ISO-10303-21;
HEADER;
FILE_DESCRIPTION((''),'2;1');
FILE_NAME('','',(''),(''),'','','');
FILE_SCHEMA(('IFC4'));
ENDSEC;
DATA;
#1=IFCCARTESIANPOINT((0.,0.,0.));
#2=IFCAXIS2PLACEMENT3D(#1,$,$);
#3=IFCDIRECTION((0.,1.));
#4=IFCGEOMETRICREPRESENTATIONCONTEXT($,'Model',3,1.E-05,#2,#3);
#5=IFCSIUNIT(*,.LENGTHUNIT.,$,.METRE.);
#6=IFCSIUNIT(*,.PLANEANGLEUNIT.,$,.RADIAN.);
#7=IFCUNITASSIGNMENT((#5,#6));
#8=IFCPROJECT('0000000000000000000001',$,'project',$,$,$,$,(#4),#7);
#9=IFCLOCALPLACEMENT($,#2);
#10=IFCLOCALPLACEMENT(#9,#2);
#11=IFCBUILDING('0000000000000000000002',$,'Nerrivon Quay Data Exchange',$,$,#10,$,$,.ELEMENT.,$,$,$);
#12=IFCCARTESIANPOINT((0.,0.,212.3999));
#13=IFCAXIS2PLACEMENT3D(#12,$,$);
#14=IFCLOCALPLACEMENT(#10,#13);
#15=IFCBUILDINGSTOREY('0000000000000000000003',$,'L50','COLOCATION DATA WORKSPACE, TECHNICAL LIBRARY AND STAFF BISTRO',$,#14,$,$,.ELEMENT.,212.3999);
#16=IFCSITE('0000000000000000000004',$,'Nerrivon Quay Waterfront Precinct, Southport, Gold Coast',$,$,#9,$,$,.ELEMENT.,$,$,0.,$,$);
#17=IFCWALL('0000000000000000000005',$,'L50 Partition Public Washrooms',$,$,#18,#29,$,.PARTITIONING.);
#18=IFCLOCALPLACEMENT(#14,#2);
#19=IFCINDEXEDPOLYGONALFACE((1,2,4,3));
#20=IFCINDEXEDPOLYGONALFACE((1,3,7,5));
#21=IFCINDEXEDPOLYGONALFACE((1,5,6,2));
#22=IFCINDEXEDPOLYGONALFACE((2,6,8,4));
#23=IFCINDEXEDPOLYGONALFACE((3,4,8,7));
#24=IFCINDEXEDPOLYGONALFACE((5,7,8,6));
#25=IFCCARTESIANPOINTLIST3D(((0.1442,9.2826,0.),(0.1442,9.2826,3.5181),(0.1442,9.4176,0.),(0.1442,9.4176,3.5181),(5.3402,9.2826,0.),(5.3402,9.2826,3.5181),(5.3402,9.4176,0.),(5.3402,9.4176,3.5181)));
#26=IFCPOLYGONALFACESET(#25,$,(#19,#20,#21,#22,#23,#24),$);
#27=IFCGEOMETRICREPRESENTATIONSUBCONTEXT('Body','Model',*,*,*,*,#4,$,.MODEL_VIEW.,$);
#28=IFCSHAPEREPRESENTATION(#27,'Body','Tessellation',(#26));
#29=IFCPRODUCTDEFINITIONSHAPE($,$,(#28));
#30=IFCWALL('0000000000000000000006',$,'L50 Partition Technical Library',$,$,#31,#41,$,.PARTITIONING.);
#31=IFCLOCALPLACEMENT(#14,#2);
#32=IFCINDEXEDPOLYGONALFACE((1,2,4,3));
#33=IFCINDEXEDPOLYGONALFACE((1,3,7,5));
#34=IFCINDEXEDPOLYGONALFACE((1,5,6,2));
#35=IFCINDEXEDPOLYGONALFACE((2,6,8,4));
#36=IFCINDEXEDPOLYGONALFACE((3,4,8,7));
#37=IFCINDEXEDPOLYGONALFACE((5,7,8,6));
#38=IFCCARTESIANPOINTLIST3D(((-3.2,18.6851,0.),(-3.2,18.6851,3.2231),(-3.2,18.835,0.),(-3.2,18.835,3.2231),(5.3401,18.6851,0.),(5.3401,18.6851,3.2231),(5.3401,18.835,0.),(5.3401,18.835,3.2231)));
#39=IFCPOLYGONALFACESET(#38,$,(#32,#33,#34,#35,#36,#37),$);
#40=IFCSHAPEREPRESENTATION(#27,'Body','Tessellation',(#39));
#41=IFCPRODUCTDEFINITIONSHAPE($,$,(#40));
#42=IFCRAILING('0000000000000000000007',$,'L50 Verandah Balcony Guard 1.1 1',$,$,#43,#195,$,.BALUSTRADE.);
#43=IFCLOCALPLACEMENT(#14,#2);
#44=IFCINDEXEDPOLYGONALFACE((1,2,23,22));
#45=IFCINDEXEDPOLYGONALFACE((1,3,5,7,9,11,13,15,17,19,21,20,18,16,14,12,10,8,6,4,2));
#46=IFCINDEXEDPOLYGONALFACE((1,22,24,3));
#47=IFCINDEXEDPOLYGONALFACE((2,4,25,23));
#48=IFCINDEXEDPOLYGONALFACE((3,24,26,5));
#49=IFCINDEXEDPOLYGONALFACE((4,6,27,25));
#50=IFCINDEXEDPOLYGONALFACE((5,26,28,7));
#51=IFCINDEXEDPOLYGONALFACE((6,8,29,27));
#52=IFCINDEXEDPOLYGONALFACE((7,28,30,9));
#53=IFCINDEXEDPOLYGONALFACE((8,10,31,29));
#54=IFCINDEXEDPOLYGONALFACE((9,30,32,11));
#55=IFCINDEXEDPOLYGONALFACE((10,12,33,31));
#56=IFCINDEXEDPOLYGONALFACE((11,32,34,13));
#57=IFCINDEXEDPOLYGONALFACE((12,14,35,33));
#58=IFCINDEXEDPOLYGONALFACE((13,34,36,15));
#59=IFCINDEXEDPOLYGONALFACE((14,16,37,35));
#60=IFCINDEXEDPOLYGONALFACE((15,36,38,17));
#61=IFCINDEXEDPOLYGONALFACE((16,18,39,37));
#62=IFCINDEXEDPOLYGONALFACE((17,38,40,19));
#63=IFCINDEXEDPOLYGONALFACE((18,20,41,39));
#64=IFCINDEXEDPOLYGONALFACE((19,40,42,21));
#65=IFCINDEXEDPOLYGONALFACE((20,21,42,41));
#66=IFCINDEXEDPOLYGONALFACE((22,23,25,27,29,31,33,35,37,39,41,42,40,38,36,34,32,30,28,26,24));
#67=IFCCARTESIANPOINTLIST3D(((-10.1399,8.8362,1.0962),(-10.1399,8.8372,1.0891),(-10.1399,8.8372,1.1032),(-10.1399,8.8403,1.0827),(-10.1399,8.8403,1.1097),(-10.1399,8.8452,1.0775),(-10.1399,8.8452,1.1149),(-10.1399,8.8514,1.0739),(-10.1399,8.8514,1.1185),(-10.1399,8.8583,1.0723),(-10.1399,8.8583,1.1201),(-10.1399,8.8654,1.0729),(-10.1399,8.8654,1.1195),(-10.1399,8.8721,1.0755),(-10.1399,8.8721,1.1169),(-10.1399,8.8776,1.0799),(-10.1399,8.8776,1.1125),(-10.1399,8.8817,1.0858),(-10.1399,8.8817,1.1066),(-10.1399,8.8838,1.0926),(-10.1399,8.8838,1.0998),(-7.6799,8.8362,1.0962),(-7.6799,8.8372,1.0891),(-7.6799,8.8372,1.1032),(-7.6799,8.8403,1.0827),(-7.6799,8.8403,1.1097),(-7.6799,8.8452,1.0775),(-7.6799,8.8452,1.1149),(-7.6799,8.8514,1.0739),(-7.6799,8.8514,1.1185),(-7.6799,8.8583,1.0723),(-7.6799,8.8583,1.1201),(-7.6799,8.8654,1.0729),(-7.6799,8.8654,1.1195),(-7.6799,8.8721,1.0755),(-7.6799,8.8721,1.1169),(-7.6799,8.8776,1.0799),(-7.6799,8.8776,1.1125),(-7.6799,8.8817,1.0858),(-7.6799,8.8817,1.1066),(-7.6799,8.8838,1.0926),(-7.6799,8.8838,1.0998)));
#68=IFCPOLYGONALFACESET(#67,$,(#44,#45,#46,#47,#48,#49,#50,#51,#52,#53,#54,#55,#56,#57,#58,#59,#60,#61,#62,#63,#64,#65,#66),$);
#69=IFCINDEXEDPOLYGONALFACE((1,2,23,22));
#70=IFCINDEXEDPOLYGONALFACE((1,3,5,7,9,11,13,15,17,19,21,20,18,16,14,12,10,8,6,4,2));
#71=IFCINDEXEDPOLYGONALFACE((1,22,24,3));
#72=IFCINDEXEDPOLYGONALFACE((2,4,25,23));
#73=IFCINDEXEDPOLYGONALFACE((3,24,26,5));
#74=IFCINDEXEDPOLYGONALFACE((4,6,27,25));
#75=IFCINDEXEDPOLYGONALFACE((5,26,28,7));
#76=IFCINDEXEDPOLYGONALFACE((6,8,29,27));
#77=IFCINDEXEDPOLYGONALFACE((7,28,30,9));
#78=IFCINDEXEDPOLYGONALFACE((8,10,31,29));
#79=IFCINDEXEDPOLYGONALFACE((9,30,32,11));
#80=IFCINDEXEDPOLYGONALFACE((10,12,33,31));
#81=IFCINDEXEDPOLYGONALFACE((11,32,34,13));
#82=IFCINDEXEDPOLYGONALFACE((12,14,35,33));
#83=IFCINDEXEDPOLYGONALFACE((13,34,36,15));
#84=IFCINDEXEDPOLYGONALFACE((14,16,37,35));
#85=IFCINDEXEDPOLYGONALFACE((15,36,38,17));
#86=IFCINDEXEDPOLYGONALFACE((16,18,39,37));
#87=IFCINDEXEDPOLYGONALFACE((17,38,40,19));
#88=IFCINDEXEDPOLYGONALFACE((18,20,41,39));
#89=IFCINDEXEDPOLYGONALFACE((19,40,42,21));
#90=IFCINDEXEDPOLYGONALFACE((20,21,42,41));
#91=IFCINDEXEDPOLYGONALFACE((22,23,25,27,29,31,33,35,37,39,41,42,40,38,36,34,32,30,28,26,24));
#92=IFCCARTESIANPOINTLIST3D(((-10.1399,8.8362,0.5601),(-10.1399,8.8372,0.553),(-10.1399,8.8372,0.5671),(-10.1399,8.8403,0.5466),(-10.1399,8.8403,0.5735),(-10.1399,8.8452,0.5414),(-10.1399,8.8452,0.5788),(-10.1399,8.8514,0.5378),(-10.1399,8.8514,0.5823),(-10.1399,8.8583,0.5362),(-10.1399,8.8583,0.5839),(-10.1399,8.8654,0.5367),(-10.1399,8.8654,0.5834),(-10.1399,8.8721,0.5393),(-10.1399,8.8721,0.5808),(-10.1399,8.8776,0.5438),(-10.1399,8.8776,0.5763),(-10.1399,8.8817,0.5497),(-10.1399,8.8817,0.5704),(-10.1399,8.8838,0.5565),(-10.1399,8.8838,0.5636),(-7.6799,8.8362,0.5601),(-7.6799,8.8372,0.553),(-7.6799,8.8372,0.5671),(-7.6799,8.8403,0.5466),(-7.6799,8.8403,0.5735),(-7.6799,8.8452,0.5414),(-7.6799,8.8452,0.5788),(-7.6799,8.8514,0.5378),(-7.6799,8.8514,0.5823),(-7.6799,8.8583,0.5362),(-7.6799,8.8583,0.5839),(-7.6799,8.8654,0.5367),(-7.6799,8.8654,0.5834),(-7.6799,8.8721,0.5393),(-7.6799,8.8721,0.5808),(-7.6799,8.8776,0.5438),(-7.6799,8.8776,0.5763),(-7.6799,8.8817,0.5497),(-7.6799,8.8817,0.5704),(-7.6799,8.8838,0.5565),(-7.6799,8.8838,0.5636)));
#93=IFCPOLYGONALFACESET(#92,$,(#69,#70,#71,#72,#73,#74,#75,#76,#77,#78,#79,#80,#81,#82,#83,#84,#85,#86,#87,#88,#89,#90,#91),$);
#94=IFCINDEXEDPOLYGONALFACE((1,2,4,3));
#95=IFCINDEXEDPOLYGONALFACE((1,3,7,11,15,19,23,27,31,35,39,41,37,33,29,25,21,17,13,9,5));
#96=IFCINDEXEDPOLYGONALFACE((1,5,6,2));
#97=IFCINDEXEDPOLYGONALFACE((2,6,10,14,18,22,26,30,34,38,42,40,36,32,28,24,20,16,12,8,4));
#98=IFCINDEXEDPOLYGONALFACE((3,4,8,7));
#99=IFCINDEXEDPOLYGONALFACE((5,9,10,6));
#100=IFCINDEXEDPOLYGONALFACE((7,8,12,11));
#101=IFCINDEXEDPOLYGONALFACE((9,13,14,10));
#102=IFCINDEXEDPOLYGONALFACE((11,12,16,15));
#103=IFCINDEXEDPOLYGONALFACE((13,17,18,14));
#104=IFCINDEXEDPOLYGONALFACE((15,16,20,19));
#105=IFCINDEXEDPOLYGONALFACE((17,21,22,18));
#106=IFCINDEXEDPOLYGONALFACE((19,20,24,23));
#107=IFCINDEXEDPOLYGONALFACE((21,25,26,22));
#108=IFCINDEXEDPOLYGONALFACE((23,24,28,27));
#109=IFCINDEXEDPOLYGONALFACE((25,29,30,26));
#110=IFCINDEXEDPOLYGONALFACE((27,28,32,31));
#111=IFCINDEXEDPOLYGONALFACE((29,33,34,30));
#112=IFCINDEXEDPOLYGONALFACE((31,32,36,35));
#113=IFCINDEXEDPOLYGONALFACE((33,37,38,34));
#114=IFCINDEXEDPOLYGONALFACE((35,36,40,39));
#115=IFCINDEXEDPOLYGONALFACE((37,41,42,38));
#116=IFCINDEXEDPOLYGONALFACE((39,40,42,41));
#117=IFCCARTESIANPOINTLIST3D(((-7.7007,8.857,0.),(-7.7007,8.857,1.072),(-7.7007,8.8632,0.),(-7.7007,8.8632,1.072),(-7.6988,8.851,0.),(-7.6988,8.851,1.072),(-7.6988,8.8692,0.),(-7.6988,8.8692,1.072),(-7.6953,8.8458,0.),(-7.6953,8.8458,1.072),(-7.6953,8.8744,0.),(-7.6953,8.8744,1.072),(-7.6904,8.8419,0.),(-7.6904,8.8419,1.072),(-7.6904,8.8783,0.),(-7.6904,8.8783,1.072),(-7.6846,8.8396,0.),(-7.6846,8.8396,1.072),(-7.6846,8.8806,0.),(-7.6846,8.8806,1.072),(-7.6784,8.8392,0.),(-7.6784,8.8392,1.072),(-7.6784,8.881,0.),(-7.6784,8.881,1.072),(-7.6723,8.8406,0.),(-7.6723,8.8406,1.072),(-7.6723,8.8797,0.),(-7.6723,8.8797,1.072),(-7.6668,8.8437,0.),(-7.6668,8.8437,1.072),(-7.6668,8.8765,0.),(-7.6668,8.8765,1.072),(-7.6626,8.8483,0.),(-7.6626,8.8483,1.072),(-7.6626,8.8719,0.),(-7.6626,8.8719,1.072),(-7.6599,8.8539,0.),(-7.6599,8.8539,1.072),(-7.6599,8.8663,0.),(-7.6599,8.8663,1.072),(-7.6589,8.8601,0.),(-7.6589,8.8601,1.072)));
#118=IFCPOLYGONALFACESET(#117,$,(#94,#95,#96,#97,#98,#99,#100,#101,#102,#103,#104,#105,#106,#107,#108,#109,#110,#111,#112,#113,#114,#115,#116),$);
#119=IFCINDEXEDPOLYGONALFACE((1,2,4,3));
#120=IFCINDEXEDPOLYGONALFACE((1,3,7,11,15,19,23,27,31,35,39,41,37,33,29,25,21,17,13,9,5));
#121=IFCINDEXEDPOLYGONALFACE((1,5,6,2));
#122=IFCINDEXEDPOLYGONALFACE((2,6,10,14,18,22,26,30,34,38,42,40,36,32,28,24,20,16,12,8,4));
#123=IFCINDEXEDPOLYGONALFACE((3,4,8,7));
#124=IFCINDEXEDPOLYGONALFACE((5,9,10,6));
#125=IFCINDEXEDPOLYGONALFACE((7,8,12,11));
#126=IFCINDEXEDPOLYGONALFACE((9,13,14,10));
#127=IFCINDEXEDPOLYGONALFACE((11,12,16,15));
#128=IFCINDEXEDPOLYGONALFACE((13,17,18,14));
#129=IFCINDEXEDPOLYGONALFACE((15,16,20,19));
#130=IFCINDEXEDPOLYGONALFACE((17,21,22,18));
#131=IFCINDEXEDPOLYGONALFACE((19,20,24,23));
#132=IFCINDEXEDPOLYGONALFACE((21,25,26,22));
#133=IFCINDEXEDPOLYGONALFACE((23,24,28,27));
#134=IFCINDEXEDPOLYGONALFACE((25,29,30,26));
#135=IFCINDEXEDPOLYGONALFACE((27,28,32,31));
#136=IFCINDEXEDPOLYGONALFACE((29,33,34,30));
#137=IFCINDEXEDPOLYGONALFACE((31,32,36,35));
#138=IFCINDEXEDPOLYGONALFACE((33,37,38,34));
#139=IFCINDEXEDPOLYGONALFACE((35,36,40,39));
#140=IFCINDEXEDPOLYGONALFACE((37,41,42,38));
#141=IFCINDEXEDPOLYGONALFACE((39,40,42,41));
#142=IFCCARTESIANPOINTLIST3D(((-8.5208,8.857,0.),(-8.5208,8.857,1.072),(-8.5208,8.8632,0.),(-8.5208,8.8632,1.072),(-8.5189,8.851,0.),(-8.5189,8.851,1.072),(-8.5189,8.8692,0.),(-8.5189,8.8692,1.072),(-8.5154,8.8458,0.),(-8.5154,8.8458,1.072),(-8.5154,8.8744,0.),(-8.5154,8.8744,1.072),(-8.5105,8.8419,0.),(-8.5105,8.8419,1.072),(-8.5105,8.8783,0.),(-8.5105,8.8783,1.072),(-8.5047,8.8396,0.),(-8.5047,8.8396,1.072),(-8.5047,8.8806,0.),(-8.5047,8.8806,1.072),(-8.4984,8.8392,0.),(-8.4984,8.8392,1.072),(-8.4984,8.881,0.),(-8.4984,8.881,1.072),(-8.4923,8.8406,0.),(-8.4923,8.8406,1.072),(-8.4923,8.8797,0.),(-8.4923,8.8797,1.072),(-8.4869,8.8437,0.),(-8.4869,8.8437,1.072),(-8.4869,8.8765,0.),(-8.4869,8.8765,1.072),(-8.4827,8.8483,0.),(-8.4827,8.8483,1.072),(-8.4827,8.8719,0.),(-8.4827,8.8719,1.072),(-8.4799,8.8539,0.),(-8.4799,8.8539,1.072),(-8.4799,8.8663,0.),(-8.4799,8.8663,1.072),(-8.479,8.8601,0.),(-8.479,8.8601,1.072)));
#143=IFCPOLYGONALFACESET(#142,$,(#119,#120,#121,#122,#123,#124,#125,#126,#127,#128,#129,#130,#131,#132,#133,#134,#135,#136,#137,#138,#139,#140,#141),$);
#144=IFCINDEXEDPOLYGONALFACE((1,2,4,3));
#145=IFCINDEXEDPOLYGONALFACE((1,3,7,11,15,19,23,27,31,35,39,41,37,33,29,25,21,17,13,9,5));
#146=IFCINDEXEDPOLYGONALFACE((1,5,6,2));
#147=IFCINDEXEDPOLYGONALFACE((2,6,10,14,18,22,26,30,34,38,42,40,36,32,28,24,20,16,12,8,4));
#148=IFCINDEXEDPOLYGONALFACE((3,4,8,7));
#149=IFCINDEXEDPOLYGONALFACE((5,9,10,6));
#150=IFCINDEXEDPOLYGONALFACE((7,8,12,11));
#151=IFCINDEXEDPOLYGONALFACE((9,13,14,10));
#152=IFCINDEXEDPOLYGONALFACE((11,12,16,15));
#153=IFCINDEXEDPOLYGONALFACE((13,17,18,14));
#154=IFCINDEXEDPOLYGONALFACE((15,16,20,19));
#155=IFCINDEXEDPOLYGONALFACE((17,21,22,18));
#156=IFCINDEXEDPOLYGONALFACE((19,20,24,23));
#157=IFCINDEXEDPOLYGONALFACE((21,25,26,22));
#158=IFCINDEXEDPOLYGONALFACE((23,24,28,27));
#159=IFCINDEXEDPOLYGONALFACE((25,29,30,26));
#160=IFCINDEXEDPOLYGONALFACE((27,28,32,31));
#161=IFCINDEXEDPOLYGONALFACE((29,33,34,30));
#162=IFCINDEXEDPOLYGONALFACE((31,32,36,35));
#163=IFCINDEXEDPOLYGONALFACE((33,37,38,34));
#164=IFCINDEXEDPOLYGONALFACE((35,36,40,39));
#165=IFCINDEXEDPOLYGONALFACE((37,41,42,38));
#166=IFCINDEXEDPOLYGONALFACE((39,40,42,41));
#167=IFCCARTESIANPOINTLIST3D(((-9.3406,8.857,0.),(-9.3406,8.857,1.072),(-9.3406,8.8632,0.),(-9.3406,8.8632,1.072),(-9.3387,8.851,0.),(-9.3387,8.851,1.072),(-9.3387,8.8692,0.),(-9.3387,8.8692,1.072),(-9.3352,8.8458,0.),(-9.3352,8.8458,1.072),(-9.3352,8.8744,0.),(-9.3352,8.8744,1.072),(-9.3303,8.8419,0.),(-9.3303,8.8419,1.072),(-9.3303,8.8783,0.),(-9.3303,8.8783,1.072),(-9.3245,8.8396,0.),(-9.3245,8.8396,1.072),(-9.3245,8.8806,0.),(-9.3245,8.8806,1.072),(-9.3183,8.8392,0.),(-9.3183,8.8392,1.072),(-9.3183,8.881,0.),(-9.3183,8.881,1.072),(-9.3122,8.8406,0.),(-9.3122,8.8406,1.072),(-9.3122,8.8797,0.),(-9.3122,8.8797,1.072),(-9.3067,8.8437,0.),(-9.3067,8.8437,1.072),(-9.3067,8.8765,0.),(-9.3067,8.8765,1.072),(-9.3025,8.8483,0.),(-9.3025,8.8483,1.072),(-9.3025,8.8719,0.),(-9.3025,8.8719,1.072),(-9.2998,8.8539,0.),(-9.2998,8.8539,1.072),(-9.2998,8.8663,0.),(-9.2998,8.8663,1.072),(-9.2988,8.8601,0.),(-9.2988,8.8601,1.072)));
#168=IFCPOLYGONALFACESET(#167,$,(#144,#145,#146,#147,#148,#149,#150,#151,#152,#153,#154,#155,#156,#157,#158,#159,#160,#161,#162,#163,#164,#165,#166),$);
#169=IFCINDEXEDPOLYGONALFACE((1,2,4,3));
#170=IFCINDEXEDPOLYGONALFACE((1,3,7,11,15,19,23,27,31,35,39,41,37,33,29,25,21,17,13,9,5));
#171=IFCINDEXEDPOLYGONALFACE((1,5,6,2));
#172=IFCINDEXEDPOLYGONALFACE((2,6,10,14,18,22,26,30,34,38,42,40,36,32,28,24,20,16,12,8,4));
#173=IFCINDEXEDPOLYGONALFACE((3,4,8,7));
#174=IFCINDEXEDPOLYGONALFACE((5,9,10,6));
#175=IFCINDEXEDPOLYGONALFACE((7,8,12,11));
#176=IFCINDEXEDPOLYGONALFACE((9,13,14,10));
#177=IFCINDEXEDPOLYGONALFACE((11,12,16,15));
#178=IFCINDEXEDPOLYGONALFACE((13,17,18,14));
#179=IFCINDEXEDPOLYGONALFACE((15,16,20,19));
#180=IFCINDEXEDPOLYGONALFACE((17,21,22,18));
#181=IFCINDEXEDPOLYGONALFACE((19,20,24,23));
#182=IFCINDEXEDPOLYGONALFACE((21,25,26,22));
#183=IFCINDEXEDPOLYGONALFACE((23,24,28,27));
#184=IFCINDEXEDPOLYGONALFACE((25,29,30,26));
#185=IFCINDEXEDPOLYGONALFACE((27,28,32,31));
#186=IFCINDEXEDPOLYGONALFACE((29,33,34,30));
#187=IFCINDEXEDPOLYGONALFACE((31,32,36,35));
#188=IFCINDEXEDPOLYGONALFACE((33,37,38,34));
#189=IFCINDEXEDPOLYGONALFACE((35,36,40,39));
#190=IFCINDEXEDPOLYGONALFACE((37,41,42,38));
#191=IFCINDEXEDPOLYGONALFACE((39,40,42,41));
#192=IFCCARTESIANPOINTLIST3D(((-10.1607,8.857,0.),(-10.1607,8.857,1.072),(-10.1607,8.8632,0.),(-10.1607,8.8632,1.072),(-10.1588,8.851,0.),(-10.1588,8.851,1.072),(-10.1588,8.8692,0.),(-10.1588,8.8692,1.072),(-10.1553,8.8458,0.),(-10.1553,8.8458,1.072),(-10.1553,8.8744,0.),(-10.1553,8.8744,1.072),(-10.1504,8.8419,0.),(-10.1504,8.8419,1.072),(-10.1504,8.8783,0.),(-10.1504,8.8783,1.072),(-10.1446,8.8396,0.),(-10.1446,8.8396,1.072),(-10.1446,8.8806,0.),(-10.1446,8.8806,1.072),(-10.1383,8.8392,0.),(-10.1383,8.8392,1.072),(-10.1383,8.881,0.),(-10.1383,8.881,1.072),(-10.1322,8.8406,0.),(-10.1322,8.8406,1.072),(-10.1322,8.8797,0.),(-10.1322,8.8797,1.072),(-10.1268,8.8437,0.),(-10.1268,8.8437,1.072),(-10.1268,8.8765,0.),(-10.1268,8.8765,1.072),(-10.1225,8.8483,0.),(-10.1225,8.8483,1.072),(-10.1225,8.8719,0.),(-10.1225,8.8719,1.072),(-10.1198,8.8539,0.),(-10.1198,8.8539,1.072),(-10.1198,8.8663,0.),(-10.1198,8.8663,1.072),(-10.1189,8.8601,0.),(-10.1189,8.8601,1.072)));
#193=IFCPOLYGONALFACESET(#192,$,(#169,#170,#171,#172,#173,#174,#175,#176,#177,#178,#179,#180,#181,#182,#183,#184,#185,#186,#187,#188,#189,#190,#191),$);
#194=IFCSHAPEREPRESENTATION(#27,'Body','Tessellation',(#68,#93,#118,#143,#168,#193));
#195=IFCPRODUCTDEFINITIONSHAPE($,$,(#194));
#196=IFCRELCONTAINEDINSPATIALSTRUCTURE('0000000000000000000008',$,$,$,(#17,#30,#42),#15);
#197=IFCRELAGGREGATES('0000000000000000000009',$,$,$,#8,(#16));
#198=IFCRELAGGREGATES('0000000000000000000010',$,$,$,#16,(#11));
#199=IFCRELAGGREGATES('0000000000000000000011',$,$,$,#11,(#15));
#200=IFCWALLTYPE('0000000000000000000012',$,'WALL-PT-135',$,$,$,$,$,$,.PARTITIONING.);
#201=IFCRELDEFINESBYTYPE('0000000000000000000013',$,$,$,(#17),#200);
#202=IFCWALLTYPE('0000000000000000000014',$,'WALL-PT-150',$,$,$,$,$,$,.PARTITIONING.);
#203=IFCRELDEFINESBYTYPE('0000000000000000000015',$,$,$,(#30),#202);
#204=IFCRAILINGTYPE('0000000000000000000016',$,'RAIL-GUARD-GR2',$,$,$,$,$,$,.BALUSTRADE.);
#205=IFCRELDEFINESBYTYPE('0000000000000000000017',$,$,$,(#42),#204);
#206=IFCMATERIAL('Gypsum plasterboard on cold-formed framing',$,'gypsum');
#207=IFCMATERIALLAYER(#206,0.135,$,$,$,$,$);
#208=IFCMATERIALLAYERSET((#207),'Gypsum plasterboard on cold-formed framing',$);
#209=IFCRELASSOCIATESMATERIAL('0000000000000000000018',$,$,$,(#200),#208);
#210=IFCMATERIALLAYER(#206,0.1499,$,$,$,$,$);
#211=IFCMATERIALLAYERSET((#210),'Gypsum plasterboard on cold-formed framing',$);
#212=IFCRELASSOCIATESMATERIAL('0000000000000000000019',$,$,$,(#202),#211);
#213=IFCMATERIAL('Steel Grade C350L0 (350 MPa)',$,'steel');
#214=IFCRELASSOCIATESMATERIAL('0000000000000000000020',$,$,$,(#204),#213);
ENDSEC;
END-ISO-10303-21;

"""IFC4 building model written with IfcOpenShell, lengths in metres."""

from ifc_helpers import new_model, si_unit, direction, frame, frame_2d, origin, origin_2d, place, context, subcontext, project, spatial, rectangle, circle, extrude, material, layer, layer_set, type_object, element, save


model = new_model("IFC4")

# Units and contexts
model_context = context("Model", 3, precision=1e-05, world=origin(), true_north=direction((0.0, 1.0)))
body_context = subcontext(model_context, "Body", "Model", "MODEL_VIEW")
ifc_project = project(units=[si_unit("LENGTHUNIT", "METRE"), si_unit("PLANEANGLEUNIT", "RADIAN")], contexts=[model_context])

# Site, building, storey
site_placement = place(None, origin())
site = spatial("IfcSite", under=ifc_project, at=site_placement, Name="Nerrivon Quay Waterfront Precinct, Southport, Gold Coast", CompositionType="ELEMENT", RefElevation=0.0)
building_placement = place(site_placement, origin())
building = spatial("IfcBuilding", under=site, at=building_placement, Name="Nerrivon Quay Data Exchange", CompositionType="ELEMENT")
storey_placement = place(building_placement, frame((0.0, 0.0, 212.3999)))
storey = spatial("IfcBuildingStorey", under=building, at=storey_placement, Name="L50", Description="COLOCATION DATA WORKSPACE, TECHNICAL LIBRARY AND STAFF BISTRO", CompositionType="ELEMENT", Elevation=212.3999)

# Walls
ifc_material_1 = material(Name="Gypsum plasterboard on cold-formed framing", Category="gypsum")
ifc_layer_1 = layer(ifc_material_1, 0.135)
ifc_layer_set_1 = layer_set([ifc_layer_1], Name="Gypsum plasterboard on cold-formed framing")
wall_type_1 = type_object("IfcWallType", Name="WALL-PT-135", PredefinedType="PARTITIONING", material=ifc_layer_set_1)
wall_1_placement = place(storey_placement, frame((0.144, 9.3501, 0.0), z_axis=(0.0, 0.0, 1.0), x_axis=(1.0, 0.0, 0.0)))
element("IfcWall", 1, at=wall_1_placement, inside=storey, type_object=wall_type_1, Name="L50 Partition Public Washrooms", PredefinedType="PARTITIONING", context=body_context, shape_type="SweptSolid", body=[
    extrude(rectangle(XDim=5.196, YDim=0.135, at=frame_2d((2.5981, 0.0))), origin(), (0.0, 0.0, 1.0), 3.5181),
])
ifc_layer_2 = layer(ifc_material_1, 0.1499)
ifc_layer_set_2 = layer_set([ifc_layer_2], Name="Gypsum plasterboard on cold-formed framing")
wall_type_2 = type_object("IfcWallType", Name="WALL-PT-150", PredefinedType="PARTITIONING", material=ifc_layer_set_2)
wall_2_placement = place(storey_placement, frame((-3.2, 18.76, 0.0), z_axis=(0.0, 0.0, 1.0), x_axis=(1.0, 0.0, 0.0)))
element("IfcWall", 2, at=wall_2_placement, inside=storey, type_object=wall_type_2, Name="L50 Partition Technical Library", PredefinedType="PARTITIONING", context=body_context, shape_type="SweptSolid", body=[
    extrude(rectangle(XDim=8.54, YDim=0.1499, at=frame_2d((4.27, 0.0))), origin(), (0.0, 0.0, 1.0), 3.2231),
])

# Railing
ifc_material_2 = material(Name="Steel Grade C350L0 (350 MPa)", Category="steel")
railing_type = type_object("IfcRailingType", Name="RAIL-GUARD-GR2", PredefinedType="BALUSTRADE", material=ifc_material_2)
railing_1_placement = place(storey_placement, frame((-7.6799, 8.8601, 0.0)))
element("IfcRailing", 3, at=railing_1_placement, inside=storey, type_object=railing_type, Name="L50 Verandah Balcony Guard 1.1 1", PredefinedType="BALUSTRADE", context=body_context, shape_type="SweptSolid", body=[
    extrude(circle(Radius=0.0239, at=origin_2d()), frame((0.0, 0.0, 1.0962), z_axis=(-1.0, 0.0, 0.0), x_axis=(0.0, -1.0, 0.0)), (0.0, 0.0, 1.0), 2.46),
    extrude(circle(Radius=0.0239, at=origin_2d()), frame((0.0, 0.0, 0.5601), z_axis=(-1.0, 0.0, 0.0), x_axis=(0.0, -1.0, 0.0)), (0.0, 0.0, 1.0), 2.46),
    extrude(circle(Radius=0.021, at=origin_2d()), origin(), (0.0, 0.0, 1.0), 1.072),
    extrude(circle(Radius=0.021, at=origin_2d()), frame((-0.8201, 0.0, 0.0)), (0.0, 0.0, 1.0), 1.072),
    extrude(circle(Radius=0.021, at=origin_2d()), frame((-1.6399, 0.0, 0.0)), (0.0, 0.0, 1.0), 1.072),
    extrude(circle(Radius=0.021, at=origin_2d()), frame((-2.46, 0.0, 0.0)), (0.0, 0.0, 1.0), 1.072),
])

save(model, "model.ifc")
